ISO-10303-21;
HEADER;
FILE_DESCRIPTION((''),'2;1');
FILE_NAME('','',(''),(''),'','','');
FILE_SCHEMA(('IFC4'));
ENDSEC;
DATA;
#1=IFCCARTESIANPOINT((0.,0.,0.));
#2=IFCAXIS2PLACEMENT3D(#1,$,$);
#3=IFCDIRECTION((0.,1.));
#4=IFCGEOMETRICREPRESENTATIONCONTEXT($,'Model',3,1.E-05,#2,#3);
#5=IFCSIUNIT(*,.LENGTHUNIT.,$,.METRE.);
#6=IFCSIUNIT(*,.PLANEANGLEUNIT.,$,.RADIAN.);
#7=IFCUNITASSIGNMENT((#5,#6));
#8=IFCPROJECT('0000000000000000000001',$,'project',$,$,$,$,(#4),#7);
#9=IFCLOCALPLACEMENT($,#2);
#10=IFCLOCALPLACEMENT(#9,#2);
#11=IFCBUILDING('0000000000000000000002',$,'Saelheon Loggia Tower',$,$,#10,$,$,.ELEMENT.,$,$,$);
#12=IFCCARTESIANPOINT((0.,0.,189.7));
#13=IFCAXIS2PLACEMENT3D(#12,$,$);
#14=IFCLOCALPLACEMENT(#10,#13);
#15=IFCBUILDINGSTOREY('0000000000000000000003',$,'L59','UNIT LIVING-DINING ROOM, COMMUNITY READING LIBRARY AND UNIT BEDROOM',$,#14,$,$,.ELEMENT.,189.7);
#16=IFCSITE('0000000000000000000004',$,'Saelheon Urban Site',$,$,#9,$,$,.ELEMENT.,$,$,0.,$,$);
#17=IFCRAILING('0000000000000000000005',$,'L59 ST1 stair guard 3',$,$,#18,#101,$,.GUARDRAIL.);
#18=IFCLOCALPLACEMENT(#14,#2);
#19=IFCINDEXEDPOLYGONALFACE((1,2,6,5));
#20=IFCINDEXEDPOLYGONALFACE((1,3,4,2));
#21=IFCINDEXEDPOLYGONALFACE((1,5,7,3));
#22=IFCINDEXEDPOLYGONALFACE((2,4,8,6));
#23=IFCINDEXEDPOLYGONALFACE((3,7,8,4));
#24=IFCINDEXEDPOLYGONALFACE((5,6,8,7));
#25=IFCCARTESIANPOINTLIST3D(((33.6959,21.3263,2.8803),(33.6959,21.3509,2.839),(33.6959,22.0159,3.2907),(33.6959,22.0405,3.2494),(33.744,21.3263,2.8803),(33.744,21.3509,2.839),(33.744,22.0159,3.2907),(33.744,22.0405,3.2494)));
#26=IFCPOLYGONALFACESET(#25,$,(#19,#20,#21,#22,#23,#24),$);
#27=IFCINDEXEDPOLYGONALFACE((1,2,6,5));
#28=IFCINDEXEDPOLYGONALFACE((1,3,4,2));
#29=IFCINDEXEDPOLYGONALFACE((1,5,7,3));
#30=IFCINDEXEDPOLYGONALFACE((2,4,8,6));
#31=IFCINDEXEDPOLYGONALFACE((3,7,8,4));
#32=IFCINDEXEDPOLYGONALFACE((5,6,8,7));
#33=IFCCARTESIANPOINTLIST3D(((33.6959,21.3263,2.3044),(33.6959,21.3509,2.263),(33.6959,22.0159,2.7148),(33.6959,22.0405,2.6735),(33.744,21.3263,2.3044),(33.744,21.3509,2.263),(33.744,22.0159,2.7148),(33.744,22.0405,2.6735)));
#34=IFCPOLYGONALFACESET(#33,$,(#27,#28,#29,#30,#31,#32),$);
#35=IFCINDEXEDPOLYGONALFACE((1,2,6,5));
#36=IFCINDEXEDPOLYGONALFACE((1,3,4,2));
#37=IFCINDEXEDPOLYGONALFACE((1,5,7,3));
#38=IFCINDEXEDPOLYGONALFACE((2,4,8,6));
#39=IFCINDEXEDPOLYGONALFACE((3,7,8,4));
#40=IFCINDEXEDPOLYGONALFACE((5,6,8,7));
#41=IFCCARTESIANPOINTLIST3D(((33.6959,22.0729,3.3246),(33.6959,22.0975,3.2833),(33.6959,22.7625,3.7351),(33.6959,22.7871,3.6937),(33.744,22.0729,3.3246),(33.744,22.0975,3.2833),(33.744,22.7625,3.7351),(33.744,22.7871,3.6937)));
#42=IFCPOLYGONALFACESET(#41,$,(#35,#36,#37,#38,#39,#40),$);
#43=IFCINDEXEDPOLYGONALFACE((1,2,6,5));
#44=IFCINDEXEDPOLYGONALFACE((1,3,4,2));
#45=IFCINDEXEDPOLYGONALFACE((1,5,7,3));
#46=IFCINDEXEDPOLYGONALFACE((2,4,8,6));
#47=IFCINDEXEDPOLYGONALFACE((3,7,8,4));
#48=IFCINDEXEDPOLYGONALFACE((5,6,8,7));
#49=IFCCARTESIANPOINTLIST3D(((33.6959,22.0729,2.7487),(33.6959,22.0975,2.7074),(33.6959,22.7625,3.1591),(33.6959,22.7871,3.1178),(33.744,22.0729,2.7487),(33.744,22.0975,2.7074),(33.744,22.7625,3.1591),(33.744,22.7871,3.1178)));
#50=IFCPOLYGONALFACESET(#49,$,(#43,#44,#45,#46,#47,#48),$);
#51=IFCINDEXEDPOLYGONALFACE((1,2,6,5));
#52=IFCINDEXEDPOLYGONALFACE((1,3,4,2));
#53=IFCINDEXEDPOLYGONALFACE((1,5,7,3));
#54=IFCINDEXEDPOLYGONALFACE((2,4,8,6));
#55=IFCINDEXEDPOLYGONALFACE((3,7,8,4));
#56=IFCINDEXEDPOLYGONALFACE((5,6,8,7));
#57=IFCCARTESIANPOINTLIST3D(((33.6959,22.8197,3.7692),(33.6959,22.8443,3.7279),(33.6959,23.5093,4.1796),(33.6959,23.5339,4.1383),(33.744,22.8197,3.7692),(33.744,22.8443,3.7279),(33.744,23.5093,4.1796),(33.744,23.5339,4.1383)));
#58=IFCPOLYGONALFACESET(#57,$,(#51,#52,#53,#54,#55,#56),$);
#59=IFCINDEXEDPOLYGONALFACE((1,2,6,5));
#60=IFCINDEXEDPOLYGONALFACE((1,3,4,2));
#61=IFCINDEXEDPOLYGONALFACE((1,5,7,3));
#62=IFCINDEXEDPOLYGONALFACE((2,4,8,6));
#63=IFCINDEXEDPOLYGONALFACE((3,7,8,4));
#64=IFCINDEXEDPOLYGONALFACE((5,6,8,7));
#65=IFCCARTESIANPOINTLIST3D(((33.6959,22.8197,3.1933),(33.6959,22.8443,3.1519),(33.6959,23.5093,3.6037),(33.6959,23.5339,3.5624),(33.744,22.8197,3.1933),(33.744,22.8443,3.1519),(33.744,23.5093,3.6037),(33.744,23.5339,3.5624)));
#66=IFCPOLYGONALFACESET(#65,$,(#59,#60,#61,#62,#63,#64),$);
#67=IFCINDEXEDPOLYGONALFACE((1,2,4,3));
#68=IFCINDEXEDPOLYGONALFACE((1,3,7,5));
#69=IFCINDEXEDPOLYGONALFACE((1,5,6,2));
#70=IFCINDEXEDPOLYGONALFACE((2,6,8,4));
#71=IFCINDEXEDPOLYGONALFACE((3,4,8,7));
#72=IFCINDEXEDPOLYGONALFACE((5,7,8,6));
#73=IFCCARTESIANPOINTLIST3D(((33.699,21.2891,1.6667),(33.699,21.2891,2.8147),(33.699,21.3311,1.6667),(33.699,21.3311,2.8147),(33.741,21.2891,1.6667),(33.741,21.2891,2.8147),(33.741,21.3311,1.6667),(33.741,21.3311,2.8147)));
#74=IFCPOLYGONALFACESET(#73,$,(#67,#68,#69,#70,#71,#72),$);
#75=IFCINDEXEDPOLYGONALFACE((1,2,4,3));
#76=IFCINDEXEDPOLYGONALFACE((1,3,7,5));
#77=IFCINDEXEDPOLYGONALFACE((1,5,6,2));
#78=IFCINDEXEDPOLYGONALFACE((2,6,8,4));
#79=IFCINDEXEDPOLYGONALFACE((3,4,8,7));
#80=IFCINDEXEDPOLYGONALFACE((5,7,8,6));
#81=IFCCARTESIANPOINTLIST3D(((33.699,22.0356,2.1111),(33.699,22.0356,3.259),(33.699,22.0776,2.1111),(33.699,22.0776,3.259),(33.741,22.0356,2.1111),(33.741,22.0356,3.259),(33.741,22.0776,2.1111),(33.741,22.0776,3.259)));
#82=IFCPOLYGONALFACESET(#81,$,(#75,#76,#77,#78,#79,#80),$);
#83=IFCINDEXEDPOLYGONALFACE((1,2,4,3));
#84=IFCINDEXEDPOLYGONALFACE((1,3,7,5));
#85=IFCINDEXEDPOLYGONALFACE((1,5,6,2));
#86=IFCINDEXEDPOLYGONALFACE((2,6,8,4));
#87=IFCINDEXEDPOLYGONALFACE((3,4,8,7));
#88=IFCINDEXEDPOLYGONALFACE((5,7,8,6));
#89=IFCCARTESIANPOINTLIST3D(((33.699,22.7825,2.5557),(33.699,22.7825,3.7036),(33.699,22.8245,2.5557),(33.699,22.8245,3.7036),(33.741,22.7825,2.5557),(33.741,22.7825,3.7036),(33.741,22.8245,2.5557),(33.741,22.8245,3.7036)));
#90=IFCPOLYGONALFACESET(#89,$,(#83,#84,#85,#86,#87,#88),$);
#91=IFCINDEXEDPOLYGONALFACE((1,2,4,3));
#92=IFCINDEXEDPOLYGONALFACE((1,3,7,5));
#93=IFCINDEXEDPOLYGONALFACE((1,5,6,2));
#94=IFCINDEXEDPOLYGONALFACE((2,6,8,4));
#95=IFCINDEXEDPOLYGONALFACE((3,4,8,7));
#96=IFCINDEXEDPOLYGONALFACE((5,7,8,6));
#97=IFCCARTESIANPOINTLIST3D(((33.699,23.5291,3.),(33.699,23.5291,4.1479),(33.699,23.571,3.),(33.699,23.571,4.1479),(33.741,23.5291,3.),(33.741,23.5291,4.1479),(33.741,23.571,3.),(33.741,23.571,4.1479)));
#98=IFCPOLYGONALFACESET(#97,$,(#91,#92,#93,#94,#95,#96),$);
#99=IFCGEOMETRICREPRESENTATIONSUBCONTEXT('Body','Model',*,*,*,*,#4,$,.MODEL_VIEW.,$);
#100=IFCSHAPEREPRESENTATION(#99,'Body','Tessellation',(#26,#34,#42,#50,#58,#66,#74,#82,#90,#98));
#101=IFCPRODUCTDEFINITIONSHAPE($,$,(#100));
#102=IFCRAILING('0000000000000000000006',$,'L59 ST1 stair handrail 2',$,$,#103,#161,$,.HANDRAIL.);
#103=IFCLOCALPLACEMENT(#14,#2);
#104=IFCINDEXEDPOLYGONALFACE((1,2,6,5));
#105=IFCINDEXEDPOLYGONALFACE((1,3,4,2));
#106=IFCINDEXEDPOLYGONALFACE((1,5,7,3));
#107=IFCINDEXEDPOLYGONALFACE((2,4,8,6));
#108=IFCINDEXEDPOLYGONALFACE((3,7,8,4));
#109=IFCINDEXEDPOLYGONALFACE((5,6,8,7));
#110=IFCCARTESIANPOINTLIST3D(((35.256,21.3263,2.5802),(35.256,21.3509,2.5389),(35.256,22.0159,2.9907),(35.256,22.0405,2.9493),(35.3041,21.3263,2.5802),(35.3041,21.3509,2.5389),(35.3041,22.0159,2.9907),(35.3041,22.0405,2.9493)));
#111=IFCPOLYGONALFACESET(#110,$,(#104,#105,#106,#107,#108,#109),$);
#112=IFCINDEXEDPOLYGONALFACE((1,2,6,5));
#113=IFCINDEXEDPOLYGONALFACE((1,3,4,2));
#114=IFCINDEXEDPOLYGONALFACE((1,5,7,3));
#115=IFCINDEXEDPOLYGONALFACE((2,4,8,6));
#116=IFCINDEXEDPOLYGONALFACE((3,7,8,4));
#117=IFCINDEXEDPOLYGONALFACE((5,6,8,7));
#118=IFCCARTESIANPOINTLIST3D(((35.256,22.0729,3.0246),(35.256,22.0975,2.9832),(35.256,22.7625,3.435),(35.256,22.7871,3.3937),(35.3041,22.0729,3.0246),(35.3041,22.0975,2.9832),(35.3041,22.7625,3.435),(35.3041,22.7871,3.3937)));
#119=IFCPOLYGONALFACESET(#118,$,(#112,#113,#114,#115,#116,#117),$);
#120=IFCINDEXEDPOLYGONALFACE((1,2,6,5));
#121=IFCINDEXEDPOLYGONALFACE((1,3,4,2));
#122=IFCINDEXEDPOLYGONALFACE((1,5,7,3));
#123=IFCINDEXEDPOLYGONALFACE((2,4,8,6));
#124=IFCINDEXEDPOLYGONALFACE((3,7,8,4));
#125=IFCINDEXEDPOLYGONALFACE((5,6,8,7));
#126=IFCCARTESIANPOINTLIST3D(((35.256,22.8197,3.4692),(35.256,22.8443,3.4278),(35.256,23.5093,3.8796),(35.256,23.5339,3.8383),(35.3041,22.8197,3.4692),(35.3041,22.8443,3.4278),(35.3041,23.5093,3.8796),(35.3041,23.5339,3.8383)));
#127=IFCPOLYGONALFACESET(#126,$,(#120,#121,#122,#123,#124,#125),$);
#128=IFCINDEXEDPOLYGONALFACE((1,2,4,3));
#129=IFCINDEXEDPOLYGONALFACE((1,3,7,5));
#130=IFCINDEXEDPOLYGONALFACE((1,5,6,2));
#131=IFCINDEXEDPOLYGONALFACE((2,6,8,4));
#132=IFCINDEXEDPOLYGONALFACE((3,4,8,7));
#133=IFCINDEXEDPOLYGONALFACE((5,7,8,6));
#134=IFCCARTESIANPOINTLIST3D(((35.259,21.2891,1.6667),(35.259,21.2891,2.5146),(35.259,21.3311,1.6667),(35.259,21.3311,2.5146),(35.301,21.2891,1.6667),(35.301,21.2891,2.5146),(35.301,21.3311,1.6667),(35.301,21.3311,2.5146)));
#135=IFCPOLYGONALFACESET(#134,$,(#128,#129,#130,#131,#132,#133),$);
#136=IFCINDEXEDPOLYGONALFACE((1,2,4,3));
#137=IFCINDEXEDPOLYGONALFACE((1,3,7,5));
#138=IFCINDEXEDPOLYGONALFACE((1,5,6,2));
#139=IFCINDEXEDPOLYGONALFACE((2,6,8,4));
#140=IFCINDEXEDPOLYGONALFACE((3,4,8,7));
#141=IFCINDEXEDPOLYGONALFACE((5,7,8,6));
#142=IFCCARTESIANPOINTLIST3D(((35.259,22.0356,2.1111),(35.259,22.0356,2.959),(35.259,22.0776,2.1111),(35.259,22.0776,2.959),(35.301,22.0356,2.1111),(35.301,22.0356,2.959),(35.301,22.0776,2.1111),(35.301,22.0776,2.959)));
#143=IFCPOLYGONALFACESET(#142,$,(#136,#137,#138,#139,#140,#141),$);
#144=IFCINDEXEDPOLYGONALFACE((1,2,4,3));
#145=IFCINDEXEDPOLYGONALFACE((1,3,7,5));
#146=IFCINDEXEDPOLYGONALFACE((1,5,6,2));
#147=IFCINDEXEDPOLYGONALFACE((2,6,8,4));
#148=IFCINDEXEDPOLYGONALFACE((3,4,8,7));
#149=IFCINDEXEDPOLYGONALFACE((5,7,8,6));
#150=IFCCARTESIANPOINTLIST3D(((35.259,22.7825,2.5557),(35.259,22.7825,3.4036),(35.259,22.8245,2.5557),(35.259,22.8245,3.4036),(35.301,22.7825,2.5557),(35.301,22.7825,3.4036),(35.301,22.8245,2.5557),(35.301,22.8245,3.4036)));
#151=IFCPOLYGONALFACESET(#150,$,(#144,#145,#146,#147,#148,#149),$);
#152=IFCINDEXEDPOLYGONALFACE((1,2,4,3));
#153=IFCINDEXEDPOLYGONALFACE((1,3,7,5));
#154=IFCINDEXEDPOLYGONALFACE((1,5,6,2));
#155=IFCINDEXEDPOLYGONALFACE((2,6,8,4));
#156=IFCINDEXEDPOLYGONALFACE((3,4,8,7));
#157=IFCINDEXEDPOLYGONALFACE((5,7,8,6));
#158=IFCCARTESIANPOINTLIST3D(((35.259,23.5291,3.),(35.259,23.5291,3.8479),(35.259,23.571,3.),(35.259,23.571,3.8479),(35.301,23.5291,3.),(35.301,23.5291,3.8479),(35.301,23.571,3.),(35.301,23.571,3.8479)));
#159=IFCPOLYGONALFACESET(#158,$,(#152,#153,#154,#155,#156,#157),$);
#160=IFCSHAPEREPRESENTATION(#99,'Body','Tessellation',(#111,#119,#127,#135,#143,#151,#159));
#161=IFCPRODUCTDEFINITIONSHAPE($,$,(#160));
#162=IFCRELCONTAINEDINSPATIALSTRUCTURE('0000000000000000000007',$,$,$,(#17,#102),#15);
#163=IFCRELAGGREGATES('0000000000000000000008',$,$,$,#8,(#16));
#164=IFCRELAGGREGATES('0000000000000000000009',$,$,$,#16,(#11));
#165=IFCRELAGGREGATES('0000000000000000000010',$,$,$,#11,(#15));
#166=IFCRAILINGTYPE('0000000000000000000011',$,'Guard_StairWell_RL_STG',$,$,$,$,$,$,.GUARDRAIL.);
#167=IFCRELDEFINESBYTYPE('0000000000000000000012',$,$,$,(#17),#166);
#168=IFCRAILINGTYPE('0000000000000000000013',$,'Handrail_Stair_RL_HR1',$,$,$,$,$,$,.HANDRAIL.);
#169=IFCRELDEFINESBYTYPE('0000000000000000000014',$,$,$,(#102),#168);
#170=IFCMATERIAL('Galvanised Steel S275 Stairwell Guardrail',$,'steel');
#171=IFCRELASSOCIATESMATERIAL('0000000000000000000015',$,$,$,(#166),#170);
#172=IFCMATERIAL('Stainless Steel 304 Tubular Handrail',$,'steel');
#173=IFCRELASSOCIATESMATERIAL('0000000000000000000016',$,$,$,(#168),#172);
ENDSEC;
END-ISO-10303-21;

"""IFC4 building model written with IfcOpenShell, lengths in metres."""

from ifc_helpers import new_model, si_unit, direction, frame, origin, origin_2d, place, context, subcontext, project, spatial, rectangle, extrude, material, type_object, element, save


model = new_model("IFC4")

# Units and contexts
model_context = context("Model", 3, precision=1e-05, world=origin(), true_north=direction((0.0, 1.0)))
body_context = subcontext(model_context, "Body", "Model", "MODEL_VIEW")
ifc_project = project(units=[si_unit("LENGTHUNIT", "METRE"), si_unit("PLANEANGLEUNIT", "RADIAN")], contexts=[model_context])

# Site, building, storey
site_placement = place(None, origin())
site = spatial("IfcSite", under=ifc_project, at=site_placement, Name="Saelheon Urban Site", CompositionType="ELEMENT", RefElevation=0.0)
building_placement = place(site_placement, origin())
building = spatial("IfcBuilding", under=site, at=building_placement, Name="Saelheon Loggia Tower", CompositionType="ELEMENT")
storey_placement = place(building_placement, frame((0.0, 0.0, 189.7)))
storey = spatial("IfcBuildingStorey", under=building, at=storey_placement, Name="L59", Description="UNIT LIVING-DINING ROOM, COMMUNITY READING LIBRARY AND UNIT BEDROOM", CompositionType="ELEMENT", Elevation=189.7)

# Railings
ifc_material_1 = material(Name="Galvanised Steel S275 Stairwell Guardrail", Category="steel")
railing_type_1 = type_object("IfcRailingType", Name="Guard_StairWell_RL_STG", PredefinedType="GUARDRAIL", material=ifc_material_1)
railing_1_placement = place(storey_placement, frame((33.72, 21.3101, 1.6667)))
element("IfcRailing", 1, at=railing_1_placement, inside=storey, type_object=railing_type_1, Name="L59 ST1 stair guard 3", PredefinedType="GUARDRAIL", context=body_context, shape_type="SweptSolid", body=[
    extrude(rectangle(XDim=0.0481, YDim=0.0481, at=origin_2d()), frame((0.0, 0.0286, 1.1929), z_axis=(0.0, 0.859306, 0.511462), x_axis=(-1.0, 0.0, 0.0)), (0.0, 0.0, 1.0), 0.8025),
    extrude(rectangle(XDim=0.0481, YDim=0.0481, at=origin_2d()), frame((0.0, 0.0286, 0.6169), z_axis=(0.0, 0.859306, 0.511462), x_axis=(-1.0, 0.0, 0.0)), (0.0, 0.0, 1.0), 0.8025),
    extrude(rectangle(XDim=0.0481, YDim=0.0481, at=origin_2d()), frame((0.0, 0.7751, 1.6372), z_axis=(0.0, 0.859306, 0.511462), x_axis=(-1.0, 0.0, 0.0)), (0.0, 0.0, 1.0), 0.8025),
    extrude(rectangle(XDim=0.0481, YDim=0.0481, at=origin_2d()), frame((0.0, 0.7751, 1.0613), z_axis=(0.0, 0.859306, 0.511462), x_axis=(-1.0, 0.0, 0.0)), (0.0, 0.0, 1.0), 0.8025),
    extrude(rectangle(XDim=0.0481, YDim=0.0481, at=origin_2d()), frame((0.0, 1.522, 2.0818), z_axis=(0.0, 0.859306, 0.511462), x_axis=(-1.0, 0.0, 0.0)), (0.0, 0.0, 1.0), 0.8025),
    extrude(rectangle(XDim=0.0481, YDim=0.0481, at=origin_2d()), frame((0.0, 1.522, 1.5059), z_axis=(0.0, 0.859306, 0.511462), x_axis=(-1.0, 0.0, 0.0)), (0.0, 0.0, 1.0), 0.8025),
    extrude(rectangle(XDim=0.042, YDim=0.042, at=origin_2d()), origin(), (0.0, 0.0, 1.0), 1.1479),
    extrude(rectangle(XDim=0.042, YDim=0.042, at=origin_2d()), frame((0.0, 0.7466, 0.4443)), (0.0, 0.0, 1.0), 1.1479),
    extrude(rectangle(XDim=0.042, YDim=0.042, at=origin_2d()), frame((0.0, 1.4934, 0.8889)), (0.0, 0.0, 1.0), 1.1479),
    extrude(rectangle(XDim=0.042, YDim=0.042, at=origin_2d()), frame((0.0, 2.24, 1.3333)), (0.0, 0.0, 1.0), 1.1479),
])
ifc_material_2 = material(Name="Stainless Steel 304 Tubular Handrail", Category="steel")
railing_type_2 = type_object("IfcRailingType", Name="Handrail_Stair_RL_HR1", PredefinedType="HANDRAIL", material=ifc_material_2)
railing_2_placement = place(storey_placement, frame((35.28, 21.3101, 1.6667)))
element("IfcRailing", 2, at=railing_2_placement, inside=storey, type_object=railing_type_2, Name="L59 ST1 stair handrail 2", PredefinedType="HANDRAIL", context=body_context, shape_type="SweptSolid", body=[
    extrude(rectangle(XDim=0.0481, YDim=0.0481, at=origin_2d()), frame((0.0, 0.0286, 0.8928), z_axis=(0.0, 0.859306, 0.511462), x_axis=(-1.0, 0.0, 0.0)), (0.0, 0.0, 1.0), 0.8025),
    extrude(rectangle(XDim=0.0481, YDim=0.0481, at=origin_2d()), frame((0.0, 0.7751, 1.3372), z_axis=(0.0, 0.859306, 0.511462), x_axis=(-1.0, 0.0, 0.0)), (0.0, 0.0, 1.0), 0.8025),
    extrude(rectangle(XDim=0.0481, YDim=0.0481, at=origin_2d()), frame((0.0, 1.522, 1.7817), z_axis=(0.0, 0.859306, 0.511462), x_axis=(-1.0, 0.0, 0.0)), (0.0, 0.0, 1.0), 0.8025),
    extrude(rectangle(XDim=0.042, YDim=0.042, at=origin_2d()), origin(), (0.0, 0.0, 1.0), 0.8479),
    extrude(rectangle(XDim=0.042, YDim=0.042, at=origin_2d()), frame((0.0, 0.7466, 0.4443)), (0.0, 0.0, 1.0), 0.8479),
    extrude(rectangle(XDim=0.042, YDim=0.042, at=origin_2d()), frame((0.0, 1.4934, 0.8889)), (0.0, 0.0, 1.0), 0.8479),
    extrude(rectangle(XDim=0.042, YDim=0.042, at=origin_2d()), frame((0.0, 2.24, 1.3333)), (0.0, 0.0, 1.0), 0.8479),
])

save(model, "model.ifc")
